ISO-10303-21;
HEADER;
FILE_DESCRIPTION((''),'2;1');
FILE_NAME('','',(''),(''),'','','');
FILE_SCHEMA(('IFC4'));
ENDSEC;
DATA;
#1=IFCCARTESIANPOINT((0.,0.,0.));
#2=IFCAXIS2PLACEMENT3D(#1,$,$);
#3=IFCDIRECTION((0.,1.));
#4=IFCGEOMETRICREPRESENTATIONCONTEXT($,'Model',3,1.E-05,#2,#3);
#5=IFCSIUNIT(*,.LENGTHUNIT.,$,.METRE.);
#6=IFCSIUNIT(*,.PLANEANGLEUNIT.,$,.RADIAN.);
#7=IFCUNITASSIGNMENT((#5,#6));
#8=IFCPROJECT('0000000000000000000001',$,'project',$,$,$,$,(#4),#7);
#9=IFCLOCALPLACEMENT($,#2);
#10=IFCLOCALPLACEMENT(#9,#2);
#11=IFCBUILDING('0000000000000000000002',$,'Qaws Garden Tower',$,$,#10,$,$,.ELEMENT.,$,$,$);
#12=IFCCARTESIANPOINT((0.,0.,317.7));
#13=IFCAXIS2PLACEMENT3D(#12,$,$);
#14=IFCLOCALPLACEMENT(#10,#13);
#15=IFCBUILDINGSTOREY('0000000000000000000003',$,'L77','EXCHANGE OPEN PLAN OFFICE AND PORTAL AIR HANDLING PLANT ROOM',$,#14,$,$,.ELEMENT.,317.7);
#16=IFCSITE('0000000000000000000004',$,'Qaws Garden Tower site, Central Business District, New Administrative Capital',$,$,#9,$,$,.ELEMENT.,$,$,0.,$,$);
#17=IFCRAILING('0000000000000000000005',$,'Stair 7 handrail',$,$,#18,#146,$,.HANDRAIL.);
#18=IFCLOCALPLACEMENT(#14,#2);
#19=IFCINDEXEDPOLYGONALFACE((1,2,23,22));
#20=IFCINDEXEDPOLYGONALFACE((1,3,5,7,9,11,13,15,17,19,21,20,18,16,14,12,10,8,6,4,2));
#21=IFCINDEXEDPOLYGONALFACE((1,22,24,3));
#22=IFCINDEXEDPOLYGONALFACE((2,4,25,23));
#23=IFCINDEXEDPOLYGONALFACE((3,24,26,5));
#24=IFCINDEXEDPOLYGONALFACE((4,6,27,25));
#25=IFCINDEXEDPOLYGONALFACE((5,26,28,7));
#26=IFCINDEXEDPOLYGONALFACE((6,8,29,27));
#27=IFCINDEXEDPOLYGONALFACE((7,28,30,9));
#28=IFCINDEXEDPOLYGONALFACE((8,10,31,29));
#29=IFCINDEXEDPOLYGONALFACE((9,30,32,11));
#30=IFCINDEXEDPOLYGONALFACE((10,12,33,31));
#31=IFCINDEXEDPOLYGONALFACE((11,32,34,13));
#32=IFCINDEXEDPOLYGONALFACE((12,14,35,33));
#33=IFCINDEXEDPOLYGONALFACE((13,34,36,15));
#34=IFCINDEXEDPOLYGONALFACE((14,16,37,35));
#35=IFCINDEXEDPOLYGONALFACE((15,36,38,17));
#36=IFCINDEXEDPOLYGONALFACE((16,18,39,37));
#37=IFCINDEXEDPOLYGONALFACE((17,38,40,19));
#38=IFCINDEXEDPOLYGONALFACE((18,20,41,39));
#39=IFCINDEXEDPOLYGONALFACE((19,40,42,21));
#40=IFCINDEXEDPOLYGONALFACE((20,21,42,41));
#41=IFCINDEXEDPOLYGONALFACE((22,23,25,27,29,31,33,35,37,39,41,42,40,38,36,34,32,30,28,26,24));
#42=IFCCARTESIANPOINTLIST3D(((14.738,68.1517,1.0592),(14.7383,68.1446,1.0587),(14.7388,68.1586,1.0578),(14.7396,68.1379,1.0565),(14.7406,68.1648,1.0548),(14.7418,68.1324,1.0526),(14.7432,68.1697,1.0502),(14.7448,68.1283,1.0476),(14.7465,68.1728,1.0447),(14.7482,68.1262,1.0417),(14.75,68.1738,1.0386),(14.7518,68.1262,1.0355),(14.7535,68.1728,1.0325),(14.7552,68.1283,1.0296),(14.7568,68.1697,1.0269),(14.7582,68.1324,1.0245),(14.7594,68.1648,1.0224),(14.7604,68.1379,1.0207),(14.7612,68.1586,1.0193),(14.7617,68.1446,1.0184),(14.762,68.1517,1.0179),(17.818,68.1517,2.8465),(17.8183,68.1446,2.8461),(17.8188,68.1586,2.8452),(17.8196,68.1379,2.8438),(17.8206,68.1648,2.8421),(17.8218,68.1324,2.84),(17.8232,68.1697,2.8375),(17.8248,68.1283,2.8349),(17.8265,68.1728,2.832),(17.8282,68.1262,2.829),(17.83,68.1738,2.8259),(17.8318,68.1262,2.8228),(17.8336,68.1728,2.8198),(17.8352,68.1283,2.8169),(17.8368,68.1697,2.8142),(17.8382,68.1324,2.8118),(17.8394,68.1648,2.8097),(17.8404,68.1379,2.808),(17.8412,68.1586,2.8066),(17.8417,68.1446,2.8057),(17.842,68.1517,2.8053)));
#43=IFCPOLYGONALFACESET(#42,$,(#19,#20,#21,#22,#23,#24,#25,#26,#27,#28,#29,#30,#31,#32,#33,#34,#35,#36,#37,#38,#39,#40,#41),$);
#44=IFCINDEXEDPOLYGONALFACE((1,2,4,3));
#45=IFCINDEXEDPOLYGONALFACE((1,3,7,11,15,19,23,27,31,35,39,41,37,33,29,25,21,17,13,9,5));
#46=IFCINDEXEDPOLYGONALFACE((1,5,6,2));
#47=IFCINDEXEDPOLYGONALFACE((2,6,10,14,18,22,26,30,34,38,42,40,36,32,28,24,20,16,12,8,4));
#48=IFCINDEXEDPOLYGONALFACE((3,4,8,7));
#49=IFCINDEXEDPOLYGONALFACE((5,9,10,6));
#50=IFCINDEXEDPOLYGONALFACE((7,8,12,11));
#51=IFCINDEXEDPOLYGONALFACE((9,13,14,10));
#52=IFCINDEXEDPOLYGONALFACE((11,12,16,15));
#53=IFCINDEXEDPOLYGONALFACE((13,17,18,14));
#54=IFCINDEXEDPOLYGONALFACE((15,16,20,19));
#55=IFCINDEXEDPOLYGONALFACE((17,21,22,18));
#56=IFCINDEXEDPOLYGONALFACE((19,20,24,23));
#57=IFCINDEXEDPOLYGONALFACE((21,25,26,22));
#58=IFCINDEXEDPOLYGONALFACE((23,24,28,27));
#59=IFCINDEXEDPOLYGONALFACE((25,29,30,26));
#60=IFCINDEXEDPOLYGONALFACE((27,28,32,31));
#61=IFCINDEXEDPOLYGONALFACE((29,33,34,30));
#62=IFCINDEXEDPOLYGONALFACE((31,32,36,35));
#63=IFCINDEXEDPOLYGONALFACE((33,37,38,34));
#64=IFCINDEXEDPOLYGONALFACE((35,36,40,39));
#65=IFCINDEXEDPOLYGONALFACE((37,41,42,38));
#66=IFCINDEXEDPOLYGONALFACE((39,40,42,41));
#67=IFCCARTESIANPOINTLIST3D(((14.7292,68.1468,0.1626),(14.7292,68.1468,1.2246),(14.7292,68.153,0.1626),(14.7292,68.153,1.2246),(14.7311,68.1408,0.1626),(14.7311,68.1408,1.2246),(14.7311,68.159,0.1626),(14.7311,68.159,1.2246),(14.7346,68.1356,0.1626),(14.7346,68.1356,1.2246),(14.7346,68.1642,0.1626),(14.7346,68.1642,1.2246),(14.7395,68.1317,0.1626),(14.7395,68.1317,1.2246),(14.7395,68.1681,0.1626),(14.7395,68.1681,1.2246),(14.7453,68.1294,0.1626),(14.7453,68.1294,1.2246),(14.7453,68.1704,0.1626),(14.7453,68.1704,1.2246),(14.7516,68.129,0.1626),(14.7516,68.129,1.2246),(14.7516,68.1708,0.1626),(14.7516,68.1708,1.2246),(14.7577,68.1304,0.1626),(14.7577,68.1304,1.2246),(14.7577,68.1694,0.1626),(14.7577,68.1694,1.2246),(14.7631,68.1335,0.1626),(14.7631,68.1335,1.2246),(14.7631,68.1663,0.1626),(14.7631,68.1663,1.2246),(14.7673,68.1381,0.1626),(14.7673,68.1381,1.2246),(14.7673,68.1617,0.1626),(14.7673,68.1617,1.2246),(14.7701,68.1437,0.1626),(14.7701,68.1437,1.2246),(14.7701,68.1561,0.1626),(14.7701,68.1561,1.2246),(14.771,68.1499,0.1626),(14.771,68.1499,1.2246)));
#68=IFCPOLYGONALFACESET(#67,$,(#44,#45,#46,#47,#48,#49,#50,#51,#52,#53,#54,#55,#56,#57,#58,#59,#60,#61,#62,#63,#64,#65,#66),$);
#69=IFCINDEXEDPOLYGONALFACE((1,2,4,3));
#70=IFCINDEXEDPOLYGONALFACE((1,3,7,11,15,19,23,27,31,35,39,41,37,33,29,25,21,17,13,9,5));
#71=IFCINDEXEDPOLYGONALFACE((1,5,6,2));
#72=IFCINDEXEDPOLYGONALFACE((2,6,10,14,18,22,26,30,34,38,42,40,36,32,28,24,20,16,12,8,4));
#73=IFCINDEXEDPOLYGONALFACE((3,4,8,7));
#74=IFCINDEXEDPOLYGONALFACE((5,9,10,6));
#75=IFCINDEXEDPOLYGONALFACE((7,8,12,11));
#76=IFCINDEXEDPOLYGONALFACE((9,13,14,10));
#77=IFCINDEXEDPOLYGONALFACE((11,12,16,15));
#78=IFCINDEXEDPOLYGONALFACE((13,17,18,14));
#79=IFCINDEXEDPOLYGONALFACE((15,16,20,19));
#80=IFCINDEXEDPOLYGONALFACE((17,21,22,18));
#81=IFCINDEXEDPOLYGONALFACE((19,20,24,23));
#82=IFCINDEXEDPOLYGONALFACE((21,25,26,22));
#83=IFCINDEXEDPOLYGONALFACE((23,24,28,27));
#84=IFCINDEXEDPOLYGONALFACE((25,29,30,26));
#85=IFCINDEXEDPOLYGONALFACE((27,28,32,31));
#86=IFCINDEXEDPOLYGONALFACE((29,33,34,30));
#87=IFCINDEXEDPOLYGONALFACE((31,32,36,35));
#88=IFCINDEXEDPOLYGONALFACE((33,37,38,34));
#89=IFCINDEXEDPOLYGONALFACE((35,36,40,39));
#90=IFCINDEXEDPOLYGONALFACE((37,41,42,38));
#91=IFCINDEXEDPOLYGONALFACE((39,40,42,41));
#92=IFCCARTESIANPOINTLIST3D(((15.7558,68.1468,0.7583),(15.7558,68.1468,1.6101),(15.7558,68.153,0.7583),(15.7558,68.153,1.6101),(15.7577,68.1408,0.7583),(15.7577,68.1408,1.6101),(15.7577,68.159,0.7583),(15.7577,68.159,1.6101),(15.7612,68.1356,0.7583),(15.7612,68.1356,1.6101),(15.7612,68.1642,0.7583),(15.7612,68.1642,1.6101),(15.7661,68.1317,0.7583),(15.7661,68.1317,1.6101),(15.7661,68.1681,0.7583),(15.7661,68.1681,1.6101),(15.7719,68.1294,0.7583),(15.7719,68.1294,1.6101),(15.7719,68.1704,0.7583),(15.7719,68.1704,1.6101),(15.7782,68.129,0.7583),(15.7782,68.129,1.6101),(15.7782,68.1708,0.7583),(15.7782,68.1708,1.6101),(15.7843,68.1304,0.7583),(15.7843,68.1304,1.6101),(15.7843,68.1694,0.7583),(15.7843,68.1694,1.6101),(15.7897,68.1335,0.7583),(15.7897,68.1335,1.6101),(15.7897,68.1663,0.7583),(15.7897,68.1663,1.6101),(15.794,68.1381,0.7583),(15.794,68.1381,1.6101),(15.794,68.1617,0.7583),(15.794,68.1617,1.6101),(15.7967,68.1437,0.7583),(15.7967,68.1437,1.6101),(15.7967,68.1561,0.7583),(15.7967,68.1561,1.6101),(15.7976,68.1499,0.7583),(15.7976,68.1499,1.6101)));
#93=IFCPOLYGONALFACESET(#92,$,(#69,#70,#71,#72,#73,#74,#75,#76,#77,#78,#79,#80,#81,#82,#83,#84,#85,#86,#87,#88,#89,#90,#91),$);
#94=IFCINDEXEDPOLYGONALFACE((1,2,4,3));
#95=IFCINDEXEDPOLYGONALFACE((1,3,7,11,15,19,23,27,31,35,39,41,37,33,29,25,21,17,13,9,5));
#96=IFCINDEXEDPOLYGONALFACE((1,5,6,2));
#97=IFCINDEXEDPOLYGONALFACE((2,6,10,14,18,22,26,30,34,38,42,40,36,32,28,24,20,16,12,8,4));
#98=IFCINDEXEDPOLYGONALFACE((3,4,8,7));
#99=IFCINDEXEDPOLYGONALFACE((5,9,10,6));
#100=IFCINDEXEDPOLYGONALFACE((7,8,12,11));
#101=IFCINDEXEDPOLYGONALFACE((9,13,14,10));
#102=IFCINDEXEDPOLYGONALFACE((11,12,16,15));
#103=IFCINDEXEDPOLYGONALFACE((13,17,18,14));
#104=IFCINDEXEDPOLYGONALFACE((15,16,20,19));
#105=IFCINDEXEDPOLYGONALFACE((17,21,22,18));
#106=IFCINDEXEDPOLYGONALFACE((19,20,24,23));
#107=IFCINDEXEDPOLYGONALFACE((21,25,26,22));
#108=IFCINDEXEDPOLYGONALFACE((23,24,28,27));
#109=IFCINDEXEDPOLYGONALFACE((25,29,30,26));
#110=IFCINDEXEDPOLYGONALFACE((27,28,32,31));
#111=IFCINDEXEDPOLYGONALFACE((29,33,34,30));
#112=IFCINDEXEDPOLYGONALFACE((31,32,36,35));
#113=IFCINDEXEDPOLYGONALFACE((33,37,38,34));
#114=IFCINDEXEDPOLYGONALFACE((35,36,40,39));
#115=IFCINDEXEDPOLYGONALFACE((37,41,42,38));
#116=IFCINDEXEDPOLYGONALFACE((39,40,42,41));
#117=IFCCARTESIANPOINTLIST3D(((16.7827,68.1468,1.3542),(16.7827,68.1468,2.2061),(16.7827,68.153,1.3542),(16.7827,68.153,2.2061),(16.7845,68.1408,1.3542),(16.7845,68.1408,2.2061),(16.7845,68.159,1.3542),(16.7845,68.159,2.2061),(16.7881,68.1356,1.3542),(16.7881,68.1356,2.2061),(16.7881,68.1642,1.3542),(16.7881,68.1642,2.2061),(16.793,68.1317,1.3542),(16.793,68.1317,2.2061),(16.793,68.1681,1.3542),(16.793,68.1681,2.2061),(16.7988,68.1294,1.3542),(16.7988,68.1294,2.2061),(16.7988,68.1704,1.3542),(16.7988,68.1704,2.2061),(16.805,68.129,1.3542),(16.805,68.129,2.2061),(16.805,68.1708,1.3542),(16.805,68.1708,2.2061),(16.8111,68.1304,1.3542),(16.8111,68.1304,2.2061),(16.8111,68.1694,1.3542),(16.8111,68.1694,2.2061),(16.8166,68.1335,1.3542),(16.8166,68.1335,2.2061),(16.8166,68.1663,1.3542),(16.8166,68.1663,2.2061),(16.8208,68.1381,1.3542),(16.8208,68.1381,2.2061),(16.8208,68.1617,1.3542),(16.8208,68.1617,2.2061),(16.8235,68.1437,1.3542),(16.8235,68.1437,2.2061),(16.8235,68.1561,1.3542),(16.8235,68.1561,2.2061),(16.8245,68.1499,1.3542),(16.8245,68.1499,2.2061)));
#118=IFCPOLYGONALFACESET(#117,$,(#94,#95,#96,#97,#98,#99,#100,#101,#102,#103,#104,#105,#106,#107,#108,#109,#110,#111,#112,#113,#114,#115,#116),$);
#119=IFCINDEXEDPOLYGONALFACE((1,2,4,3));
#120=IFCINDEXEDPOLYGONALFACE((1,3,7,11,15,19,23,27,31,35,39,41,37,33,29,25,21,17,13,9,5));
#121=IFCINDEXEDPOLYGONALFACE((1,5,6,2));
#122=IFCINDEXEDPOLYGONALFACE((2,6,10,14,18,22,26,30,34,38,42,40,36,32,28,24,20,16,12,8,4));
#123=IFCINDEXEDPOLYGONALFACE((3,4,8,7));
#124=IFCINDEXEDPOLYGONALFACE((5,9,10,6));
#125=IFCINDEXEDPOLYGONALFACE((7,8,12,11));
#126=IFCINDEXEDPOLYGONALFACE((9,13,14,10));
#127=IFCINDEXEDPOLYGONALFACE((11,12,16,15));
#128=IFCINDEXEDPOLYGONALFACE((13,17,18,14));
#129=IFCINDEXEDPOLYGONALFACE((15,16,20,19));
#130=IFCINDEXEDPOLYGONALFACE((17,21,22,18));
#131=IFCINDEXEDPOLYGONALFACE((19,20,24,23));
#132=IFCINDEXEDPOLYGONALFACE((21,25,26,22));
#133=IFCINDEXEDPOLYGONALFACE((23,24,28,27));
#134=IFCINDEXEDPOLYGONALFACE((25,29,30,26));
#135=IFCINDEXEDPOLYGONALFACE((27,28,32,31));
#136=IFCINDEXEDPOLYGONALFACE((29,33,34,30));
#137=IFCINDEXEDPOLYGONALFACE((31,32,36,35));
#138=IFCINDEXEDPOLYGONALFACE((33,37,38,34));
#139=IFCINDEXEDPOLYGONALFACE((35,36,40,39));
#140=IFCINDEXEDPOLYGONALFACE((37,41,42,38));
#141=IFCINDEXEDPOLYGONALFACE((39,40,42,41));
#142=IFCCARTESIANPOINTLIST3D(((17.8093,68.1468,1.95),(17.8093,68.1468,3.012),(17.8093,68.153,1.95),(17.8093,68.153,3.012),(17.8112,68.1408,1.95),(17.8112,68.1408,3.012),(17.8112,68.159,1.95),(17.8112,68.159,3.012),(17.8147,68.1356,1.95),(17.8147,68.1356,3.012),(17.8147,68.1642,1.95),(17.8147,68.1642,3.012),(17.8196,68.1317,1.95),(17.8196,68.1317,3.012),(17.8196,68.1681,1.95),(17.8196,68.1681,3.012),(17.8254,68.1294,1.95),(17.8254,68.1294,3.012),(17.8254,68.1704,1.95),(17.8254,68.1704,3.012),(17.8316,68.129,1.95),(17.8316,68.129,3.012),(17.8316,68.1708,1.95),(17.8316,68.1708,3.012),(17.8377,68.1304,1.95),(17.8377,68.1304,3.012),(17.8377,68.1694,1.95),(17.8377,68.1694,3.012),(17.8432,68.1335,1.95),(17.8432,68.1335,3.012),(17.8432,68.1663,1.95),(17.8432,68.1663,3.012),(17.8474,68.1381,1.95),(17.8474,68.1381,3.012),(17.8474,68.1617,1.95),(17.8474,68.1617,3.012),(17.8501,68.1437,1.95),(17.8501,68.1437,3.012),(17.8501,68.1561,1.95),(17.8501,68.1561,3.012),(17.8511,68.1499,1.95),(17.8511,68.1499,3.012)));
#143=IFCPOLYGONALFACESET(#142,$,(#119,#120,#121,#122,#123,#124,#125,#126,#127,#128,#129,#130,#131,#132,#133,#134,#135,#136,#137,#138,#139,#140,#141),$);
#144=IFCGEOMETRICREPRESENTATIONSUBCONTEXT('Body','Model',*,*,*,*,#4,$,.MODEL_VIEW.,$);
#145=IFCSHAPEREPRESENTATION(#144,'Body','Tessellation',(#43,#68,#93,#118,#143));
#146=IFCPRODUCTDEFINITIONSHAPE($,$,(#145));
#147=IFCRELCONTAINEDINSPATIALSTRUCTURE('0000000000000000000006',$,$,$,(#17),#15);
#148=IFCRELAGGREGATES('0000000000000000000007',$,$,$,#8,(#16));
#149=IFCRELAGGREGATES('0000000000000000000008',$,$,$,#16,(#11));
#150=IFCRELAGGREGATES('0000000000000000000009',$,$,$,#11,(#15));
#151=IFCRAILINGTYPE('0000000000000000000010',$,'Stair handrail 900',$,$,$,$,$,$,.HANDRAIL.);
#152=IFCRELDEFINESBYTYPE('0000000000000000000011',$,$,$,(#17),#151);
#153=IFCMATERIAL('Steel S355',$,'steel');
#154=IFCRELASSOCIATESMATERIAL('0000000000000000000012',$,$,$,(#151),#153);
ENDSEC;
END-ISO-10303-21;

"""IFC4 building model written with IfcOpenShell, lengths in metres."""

from ifc_helpers import new_model, si_unit, direction, frame, origin, origin_2d, place, context, subcontext, project, spatial, circle, extrude, material, type_object, element, save


model = new_model("IFC4")

# Units and contexts
model_context = context("Model", 3, precision=1e-05, world=origin(), true_north=direction((0.0, 1.0)))
body_context = subcontext(model_context, "Body", "Model", "MODEL_VIEW")
ifc_project = project(units=[si_unit("LENGTHUNIT", "METRE"), si_unit("PLANEANGLEUNIT", "RADIAN")], contexts=[model_context])

# Site, building, storey
site_placement = place(None, origin())
site = spatial("IfcSite", under=ifc_project, at=site_placement, Name="Qaws Garden Tower site, Central Business District, New Administrative Capital", CompositionType="ELEMENT", RefElevation=0.0)
building_placement = place(site_placement, origin())
building = spatial("IfcBuilding", under=site, at=building_placement, Name="Qaws Garden Tower", CompositionType="ELEMENT")
storey_placement = place(building_placement, frame((0.0, 0.0, 317.7)))
storey = spatial("IfcBuildingStorey", under=building, at=storey_placement, Name="L77", Description="EXCHANGE OPEN PLAN OFFICE AND PORTAL AIR HANDLING PLANT ROOM", CompositionType="ELEMENT", Elevation=317.7)

# Railing
ifc_material_1 = material(Name="Steel S355", Category="steel")
railing_type = type_object("IfcRailingType", Name="Stair handrail 900", PredefinedType="HANDRAIL", material=ifc_material_1)
railing_1_placement = place(storey_placement, frame((14.75, 68.1499, 0.1626)))
element("IfcRailing", 1, at=railing_1_placement, inside=storey, type_object=railing_type, Name="Stair 7 handrail", PredefinedType="HANDRAIL", context=body_context, shape_type="SweptSolid", body=[
    extrude(circle(Radius=0.0239, at=origin_2d()), frame((0.0, 0.0, 0.876), z_axis=(0.86492, 0.0, 0.501909), x_axis=(0.0, 1.0, 0.0)), (0.0, 0.0, 1.0), 3.561),
    extrude(circle(Radius=0.021, at=origin_2d()), origin(), (0.0, 0.0, 1.0), 1.062),
    extrude(circle(Radius=0.021, at=origin_2d()), frame((1.0266, 0.0, 0.5957)), (0.0, 0.0, 1.0), 0.8518),
    extrude(circle(Radius=0.021, at=origin_2d()), frame((2.0535, 0.0, 1.1917)), (0.0, 0.0, 1.0), 0.8518),
    extrude(circle(Radius=0.021, at=origin_2d()), frame((3.0801, 0.0, 1.7874)), (0.0, 0.0, 1.0), 1.062),
])

save(model, "model.ifc")
